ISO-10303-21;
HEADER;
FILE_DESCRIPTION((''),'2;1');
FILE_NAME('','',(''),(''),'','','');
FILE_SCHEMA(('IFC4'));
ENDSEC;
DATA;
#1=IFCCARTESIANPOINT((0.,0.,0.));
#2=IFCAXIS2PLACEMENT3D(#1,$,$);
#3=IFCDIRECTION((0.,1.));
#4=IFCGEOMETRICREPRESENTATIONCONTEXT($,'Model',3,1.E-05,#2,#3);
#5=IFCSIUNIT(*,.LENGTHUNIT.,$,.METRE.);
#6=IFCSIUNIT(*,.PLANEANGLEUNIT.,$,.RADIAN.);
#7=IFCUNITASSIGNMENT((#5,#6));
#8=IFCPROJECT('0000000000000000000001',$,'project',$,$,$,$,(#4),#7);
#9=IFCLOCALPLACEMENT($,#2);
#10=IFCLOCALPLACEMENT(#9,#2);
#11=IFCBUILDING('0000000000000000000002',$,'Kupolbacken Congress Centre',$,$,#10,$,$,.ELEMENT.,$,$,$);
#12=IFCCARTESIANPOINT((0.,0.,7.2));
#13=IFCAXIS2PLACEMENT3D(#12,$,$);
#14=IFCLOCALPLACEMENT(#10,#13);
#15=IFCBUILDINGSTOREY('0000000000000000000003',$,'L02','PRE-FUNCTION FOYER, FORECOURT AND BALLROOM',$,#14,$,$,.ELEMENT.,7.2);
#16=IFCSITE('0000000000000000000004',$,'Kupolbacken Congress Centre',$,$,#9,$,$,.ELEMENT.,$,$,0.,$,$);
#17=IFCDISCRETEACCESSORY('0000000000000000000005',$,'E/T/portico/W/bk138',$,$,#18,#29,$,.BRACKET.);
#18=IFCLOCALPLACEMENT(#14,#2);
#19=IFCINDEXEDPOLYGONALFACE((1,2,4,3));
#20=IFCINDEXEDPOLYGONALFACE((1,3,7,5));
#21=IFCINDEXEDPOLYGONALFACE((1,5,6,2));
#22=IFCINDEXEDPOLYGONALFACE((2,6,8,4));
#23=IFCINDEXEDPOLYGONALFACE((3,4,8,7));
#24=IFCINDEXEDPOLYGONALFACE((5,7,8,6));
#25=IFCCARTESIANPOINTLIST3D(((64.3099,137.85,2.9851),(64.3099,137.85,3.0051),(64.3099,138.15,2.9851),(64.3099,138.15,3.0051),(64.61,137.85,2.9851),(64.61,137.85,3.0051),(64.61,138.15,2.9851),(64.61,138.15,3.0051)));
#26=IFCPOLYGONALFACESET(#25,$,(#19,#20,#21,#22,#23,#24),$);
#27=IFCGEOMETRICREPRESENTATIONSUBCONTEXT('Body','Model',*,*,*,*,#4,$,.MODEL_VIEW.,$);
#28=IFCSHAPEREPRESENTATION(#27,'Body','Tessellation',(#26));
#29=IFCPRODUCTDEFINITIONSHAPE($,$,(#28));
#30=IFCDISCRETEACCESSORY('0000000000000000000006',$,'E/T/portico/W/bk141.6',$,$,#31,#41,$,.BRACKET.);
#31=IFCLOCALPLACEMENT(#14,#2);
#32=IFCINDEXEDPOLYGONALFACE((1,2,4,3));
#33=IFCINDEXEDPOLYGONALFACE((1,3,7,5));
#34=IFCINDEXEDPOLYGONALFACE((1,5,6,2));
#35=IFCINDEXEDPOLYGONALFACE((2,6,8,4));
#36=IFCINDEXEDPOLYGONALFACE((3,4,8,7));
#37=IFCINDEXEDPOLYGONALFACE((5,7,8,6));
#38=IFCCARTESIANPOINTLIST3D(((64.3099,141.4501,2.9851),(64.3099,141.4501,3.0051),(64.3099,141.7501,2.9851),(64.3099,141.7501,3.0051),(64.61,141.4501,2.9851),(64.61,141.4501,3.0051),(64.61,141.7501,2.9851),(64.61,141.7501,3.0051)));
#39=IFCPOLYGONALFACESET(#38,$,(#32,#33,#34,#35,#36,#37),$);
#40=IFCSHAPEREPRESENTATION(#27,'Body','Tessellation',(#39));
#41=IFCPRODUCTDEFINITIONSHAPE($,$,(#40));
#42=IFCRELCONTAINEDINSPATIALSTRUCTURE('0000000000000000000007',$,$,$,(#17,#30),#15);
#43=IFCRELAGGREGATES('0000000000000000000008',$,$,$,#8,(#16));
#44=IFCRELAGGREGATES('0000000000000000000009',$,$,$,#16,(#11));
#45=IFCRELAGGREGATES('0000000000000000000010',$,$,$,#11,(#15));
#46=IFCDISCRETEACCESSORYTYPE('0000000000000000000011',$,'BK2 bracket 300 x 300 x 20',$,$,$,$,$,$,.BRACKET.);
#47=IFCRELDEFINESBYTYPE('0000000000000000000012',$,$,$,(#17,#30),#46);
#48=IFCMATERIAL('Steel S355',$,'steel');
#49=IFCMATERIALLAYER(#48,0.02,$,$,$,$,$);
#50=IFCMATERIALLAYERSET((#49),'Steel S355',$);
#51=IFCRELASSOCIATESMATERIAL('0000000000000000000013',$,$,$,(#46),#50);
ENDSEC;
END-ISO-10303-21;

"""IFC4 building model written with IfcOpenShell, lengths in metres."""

from ifc_helpers import new_model, si_unit, direction, frame, origin, origin_2d, place, context, subcontext, project, spatial, rectangle, extrude, material, layer, layer_set, type_object, element, save


model = new_model("IFC4")

# Units and contexts
model_context = context("Model", 3, precision=1e-05, world=origin(), true_north=direction((0.0, 1.0)))
body_context = subcontext(model_context, "Body", "Model", "MODEL_VIEW")
ifc_project = project(units=[si_unit("LENGTHUNIT", "METRE"), si_unit("PLANEANGLEUNIT", "RADIAN")], contexts=[model_context])

# Site, building, storey
site_placement = place(None, origin())
site = spatial("IfcSite", under=ifc_project, at=site_placement, Name="Kupolbacken Congress Centre", CompositionType="ELEMENT", RefElevation=0.0)
building_placement = place(site_placement, origin())
building = spatial("IfcBuilding", under=site, at=building_placement, Name="Kupolbacken Congress Centre", CompositionType="ELEMENT")
storey_placement = place(building_placement, frame((0.0, 0.0, 7.2)))
storey = spatial("IfcBuildingStorey", under=building, at=storey_placement, Name="L02", Description="PRE-FUNCTION FOYER, FORECOURT AND BALLROOM", CompositionType="ELEMENT", Elevation=7.2)

# Discrete accessories
ifc_material_1 = material(Name="Steel S355", Category="steel")
ifc_layer_1 = layer(ifc_material_1, 0.02)
ifc_layer_set_1 = layer_set([ifc_layer_1], Name="Steel S355")
discrete_accessory_type = type_object("IfcDiscreteAccessoryType", Name="BK2 bracket 300 x 300 x 20", PredefinedType="BRACKET", material=ifc_layer_set_1)
for number, where, z_axis, x_axis, name in (
    (1, (64.46, 138.0, 2.9851), (0.0, 0.0, 1.0), (0.0, 1.0, 0.0), "E/T/portico/W/bk138"),
    (2, (64.46, 141.6001, 2.9851), (0.0, 0.0, 1.0), (0.0, 1.0, 0.0), "E/T/portico/W/bk141.6"),
):
    element("IfcDiscreteAccessory", number, at=place(storey_placement, frame(where, z_axis=z_axis, x_axis=x_axis)), inside=storey, type_object=discrete_accessory_type, Name=name, PredefinedType="BRACKET", context=body_context, shape_type="SweptSolid", body=[
        extrude(rectangle(XDim=0.3, YDim=0.3, at=origin_2d()), origin(), (0.0, 0.0, 1.0), 0.02),
    ])

save(model, "model.ifc")
